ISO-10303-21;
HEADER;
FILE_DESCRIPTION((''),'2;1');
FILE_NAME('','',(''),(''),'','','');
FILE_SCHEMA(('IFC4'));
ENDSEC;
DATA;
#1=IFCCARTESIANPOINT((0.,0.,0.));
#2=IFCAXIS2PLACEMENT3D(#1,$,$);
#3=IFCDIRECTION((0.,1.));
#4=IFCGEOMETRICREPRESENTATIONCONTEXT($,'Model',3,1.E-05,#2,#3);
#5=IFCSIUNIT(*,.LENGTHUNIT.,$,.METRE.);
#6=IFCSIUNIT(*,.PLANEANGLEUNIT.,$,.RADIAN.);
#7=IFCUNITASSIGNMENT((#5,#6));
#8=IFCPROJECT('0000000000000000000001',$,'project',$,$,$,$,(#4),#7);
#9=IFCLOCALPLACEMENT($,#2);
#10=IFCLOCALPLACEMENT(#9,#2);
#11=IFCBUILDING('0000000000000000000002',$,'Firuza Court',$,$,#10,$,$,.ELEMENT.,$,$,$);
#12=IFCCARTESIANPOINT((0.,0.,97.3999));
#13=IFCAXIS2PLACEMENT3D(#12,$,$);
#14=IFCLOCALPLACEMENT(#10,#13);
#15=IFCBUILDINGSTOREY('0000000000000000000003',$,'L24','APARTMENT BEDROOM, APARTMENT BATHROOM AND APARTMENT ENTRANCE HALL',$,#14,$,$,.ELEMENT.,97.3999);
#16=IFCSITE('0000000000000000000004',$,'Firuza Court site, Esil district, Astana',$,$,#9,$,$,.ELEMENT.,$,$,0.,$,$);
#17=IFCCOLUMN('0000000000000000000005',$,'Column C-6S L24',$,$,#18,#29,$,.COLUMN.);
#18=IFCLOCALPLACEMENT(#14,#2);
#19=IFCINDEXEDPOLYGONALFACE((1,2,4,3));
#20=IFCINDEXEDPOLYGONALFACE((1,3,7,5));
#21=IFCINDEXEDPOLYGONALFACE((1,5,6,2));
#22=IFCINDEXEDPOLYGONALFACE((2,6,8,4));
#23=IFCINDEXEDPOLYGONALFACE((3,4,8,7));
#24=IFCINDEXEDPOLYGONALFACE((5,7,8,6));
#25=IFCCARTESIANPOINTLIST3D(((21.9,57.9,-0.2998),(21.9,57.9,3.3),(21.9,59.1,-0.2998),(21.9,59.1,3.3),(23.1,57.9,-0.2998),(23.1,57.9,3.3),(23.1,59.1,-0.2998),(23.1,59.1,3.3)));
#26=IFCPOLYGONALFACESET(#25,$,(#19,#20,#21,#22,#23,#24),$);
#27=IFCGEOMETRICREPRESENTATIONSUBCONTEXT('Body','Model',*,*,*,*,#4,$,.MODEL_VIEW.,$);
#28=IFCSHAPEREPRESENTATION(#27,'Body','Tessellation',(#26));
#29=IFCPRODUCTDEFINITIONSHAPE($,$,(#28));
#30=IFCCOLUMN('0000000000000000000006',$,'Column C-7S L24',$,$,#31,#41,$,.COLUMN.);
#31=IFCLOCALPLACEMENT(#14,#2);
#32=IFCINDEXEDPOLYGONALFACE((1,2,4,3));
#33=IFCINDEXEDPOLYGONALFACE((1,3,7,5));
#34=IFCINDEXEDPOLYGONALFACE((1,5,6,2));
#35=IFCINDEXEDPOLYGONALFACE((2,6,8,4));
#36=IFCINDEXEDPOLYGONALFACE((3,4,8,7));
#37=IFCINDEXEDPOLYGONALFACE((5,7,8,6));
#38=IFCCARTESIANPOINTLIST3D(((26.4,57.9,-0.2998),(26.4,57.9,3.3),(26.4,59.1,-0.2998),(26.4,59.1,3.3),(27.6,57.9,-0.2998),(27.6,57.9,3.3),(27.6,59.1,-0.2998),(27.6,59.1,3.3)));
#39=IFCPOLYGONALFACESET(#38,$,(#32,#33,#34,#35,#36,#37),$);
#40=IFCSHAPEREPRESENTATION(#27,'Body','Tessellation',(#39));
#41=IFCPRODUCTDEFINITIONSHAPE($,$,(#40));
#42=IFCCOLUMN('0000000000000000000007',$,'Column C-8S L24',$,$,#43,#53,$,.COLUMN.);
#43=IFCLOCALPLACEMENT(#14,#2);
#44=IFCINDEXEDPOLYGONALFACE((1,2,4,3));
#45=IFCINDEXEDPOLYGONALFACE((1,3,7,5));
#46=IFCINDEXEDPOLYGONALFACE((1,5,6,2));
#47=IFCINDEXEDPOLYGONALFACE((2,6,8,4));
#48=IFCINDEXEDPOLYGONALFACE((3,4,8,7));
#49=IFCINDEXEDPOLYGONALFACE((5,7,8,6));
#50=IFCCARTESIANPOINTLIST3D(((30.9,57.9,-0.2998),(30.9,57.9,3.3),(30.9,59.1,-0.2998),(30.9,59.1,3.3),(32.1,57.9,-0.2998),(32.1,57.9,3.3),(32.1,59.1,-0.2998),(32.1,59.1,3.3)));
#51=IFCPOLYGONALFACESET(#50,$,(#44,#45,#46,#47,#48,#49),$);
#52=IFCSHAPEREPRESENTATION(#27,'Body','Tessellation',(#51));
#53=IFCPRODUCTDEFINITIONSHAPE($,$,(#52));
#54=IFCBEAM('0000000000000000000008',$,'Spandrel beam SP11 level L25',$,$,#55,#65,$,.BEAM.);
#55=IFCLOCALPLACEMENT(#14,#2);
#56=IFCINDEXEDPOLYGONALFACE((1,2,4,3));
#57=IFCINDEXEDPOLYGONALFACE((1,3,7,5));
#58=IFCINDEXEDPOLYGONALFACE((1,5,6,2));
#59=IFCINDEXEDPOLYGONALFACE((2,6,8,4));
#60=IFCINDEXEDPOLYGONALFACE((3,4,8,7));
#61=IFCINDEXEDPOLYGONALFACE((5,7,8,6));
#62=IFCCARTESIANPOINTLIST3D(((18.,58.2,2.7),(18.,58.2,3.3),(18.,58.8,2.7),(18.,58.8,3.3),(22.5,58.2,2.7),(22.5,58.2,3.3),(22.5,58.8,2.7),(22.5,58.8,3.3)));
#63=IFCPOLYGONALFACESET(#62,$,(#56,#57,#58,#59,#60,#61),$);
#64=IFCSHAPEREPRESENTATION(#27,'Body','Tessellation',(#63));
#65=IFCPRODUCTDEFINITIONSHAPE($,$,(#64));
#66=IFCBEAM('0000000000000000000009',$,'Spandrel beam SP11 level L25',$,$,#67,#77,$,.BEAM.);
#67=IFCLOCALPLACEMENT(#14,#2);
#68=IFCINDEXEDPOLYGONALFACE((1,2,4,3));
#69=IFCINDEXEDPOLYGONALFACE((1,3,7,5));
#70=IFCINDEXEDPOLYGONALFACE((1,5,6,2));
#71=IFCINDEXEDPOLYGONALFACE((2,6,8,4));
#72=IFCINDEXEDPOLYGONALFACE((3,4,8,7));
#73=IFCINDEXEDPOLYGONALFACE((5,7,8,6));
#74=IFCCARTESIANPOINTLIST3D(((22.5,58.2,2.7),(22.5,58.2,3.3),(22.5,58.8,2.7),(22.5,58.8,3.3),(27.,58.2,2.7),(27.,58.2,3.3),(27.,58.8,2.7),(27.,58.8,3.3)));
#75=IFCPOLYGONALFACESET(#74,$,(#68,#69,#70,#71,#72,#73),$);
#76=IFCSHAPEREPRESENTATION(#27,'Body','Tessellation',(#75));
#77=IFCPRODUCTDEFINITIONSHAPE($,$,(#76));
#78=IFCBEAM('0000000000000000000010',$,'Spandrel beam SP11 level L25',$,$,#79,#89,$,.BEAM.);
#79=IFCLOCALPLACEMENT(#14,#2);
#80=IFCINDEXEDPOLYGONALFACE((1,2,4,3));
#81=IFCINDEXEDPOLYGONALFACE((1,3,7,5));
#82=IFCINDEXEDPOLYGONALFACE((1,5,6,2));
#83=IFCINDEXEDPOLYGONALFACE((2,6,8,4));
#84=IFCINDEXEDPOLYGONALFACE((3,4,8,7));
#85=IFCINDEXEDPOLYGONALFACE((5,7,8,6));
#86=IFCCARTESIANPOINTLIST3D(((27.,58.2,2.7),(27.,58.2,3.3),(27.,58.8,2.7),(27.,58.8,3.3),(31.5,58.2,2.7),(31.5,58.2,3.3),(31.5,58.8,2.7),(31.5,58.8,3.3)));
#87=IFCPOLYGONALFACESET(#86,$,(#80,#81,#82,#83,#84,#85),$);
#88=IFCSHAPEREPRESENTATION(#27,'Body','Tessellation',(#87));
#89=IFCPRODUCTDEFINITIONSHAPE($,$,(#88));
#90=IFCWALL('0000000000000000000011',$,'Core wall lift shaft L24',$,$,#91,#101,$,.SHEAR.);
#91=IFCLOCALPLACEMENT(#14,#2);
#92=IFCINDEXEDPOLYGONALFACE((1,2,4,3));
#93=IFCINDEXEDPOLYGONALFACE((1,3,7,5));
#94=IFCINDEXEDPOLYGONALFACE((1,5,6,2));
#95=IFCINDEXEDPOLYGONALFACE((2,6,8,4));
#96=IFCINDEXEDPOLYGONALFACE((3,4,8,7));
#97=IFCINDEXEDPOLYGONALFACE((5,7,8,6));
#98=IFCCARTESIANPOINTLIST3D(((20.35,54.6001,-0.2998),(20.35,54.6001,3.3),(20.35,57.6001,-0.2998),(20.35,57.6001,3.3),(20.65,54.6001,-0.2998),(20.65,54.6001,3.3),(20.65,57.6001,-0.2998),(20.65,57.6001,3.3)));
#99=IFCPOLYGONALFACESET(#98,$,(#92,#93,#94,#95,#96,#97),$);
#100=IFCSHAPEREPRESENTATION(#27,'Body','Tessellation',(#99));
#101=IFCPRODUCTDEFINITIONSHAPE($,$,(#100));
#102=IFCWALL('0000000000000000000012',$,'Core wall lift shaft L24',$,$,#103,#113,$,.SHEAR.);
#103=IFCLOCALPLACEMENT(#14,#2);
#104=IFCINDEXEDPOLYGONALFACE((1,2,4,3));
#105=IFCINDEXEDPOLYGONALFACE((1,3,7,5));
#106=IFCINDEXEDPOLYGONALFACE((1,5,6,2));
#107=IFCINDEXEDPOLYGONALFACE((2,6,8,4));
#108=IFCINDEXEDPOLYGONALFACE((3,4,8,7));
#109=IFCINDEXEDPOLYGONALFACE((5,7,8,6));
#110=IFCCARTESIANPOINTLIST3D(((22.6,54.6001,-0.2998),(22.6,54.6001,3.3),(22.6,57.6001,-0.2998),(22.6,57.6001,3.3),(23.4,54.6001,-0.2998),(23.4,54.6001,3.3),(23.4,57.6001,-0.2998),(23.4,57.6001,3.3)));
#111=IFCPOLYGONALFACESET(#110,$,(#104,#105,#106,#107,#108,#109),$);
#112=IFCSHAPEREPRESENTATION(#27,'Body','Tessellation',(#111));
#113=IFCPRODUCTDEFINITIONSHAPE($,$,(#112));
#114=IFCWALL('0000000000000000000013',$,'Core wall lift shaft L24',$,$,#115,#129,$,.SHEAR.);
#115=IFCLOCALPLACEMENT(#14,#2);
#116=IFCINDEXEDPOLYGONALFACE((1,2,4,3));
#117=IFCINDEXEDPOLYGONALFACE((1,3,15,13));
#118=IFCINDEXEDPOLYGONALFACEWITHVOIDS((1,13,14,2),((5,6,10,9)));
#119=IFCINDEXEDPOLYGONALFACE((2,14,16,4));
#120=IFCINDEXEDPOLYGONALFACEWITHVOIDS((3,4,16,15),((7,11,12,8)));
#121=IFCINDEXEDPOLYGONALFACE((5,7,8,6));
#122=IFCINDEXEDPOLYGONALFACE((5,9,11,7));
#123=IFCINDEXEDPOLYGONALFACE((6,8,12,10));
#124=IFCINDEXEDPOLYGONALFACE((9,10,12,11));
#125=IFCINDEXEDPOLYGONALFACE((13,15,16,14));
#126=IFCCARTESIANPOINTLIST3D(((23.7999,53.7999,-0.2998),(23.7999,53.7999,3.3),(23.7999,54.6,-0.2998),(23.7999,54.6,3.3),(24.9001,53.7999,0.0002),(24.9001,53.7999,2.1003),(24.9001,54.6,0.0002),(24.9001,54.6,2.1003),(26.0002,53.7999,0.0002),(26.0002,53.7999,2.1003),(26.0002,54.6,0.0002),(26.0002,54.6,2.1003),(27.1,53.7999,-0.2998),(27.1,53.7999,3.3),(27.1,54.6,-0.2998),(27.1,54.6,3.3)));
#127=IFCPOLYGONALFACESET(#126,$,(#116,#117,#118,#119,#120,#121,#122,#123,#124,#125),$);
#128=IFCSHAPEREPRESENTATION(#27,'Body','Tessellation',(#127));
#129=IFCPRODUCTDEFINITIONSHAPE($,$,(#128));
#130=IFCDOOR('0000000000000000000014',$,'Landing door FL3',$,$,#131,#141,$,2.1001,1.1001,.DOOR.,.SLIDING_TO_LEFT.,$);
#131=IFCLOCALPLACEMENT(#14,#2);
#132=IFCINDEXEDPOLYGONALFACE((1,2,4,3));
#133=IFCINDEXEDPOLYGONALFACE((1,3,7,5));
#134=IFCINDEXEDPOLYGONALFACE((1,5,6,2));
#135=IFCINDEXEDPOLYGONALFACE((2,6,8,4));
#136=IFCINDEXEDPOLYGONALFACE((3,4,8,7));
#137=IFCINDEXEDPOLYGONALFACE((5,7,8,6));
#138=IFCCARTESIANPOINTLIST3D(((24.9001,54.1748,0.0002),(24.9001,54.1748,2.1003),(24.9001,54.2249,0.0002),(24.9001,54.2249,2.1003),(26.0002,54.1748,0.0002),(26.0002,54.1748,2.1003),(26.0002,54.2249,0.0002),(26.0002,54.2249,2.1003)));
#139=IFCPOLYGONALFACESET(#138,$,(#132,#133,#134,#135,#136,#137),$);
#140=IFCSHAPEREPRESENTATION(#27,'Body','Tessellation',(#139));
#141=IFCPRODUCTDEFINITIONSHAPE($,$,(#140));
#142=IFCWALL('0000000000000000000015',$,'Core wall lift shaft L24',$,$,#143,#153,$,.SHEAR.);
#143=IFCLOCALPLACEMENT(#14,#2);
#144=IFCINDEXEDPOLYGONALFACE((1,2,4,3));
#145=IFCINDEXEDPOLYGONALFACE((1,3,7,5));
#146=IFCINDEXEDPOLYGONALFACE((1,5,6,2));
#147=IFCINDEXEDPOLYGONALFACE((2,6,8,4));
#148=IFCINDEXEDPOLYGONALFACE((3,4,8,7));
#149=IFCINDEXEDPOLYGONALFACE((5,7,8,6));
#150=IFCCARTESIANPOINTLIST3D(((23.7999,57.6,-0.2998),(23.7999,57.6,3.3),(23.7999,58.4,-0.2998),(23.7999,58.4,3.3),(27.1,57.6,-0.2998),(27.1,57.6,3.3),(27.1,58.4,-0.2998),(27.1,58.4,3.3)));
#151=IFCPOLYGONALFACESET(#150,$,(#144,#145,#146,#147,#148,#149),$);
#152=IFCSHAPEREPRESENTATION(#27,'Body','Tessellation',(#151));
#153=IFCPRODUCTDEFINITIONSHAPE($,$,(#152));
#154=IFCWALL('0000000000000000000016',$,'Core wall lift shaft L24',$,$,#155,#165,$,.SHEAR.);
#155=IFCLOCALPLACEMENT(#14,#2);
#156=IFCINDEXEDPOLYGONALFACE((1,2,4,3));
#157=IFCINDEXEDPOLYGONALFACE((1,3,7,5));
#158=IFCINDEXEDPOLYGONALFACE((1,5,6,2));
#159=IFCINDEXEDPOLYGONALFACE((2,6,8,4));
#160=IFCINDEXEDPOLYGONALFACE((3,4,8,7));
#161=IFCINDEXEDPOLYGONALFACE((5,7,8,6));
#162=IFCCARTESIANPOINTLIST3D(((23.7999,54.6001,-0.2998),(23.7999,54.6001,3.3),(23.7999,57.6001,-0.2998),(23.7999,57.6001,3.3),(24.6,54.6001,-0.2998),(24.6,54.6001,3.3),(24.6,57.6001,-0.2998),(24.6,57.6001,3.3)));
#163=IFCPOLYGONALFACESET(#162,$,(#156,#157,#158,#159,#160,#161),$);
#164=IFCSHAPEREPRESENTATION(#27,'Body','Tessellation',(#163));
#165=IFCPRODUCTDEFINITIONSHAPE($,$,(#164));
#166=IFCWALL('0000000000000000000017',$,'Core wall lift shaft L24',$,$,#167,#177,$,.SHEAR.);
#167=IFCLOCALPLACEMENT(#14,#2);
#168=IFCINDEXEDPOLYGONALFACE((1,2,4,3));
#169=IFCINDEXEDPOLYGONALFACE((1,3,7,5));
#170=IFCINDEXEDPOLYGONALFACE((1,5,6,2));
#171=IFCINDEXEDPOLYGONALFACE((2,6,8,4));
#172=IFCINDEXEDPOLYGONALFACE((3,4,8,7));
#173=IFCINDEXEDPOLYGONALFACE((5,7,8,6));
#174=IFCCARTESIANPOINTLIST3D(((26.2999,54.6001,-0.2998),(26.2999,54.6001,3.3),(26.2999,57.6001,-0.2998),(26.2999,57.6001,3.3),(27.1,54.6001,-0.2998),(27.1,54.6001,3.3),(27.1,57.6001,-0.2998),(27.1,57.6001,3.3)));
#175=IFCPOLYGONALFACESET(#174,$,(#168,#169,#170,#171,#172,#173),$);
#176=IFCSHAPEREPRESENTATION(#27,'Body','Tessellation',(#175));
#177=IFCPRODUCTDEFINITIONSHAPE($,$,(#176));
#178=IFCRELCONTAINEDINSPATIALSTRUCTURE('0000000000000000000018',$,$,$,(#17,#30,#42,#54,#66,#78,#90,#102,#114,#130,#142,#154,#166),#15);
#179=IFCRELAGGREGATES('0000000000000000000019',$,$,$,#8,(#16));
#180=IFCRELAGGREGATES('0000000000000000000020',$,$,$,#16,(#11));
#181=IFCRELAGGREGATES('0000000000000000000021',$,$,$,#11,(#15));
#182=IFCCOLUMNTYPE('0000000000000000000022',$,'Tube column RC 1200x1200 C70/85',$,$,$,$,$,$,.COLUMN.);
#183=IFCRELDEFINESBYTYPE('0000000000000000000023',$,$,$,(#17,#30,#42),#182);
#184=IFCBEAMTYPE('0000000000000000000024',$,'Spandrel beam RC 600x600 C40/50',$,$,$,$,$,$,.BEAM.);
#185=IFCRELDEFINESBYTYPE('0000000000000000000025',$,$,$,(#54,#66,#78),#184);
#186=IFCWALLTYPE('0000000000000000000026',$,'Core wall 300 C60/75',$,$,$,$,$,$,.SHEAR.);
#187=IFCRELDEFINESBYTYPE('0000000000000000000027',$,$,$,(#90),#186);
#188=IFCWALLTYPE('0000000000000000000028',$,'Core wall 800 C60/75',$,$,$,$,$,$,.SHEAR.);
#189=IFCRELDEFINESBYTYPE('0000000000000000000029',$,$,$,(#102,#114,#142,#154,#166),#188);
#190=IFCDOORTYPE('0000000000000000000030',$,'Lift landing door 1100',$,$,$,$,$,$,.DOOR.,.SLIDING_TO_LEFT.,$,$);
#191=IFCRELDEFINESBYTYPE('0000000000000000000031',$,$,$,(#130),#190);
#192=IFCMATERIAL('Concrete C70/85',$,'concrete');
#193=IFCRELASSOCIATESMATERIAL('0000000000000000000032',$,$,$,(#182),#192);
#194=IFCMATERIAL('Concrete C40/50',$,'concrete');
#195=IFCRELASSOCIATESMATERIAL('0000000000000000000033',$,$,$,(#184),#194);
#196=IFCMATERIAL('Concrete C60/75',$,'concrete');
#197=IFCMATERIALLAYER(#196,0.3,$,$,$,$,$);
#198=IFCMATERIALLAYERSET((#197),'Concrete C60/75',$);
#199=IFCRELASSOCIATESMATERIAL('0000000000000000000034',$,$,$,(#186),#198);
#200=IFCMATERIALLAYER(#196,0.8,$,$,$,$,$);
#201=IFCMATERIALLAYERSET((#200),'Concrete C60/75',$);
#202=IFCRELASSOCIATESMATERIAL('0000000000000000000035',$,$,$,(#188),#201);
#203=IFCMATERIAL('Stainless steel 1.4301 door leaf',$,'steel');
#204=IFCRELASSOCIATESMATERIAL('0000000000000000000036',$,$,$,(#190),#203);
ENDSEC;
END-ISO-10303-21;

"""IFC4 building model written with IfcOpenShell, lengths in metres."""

from ifc_helpers import new_model, si_unit, direction, frame, frame_2d, origin, origin_2d, place, context, subcontext, project, spatial, rectangle, extrude, material, layer, layer_set, material_profile, profile_set, type_object, element, fill, save


model = new_model("IFC4")

# Units and contexts
model_context = context("Model", 3, precision=1e-05, world=origin(), true_north=direction((0.0, 1.0)))
body_context = subcontext(model_context, "Body", "Model", "MODEL_VIEW")
ifc_project = project(units=[si_unit("LENGTHUNIT", "METRE"), si_unit("PLANEANGLEUNIT", "RADIAN")], contexts=[model_context])

# Site, building, storey
site_placement = place(None, origin())
site = spatial("IfcSite", under=ifc_project, at=site_placement, Name="Firuza Court site, Esil district, Astana", CompositionType="ELEMENT", RefElevation=0.0)
building_placement = place(site_placement, origin())
building = spatial("IfcBuilding", under=site, at=building_placement, Name="Firuza Court", CompositionType="ELEMENT")
storey_placement = place(building_placement, frame((0.0, 0.0, 97.3999)))
storey = spatial("IfcBuildingStorey", under=building, at=storey_placement, Name="L24", Description="APARTMENT BEDROOM, APARTMENT BATHROOM AND APARTMENT ENTRANCE HALL", CompositionType="ELEMENT", Elevation=97.3999)

# Columns
ifc_material_1 = material(Name="Concrete C70/85", Category="concrete")
ifc_material_profile_1 = material_profile(ifc_material_1, rectangle(XDim=1.2, YDim=1.2, at=origin_2d()), Name="RC 1200x1200")
ifc_profile_set_1 = profile_set([ifc_material_profile_1], Name="Concrete C70/85")
column_type = type_object("IfcColumnType", Name="Tube column RC 1200x1200 C70/85", PredefinedType="COLUMN", material=ifc_profile_set_1)
for number, where, z_axis, x_axis, name in (
    (1, (22.5, 58.5, -0.2998), (0.0, 0.0, 1.0), (1.0, 0.0, 0.0), "Column C-6S L24"),
    (2, (27.0, 58.5, -0.2998), (0.0, 0.0, 1.0), (1.0, 0.0, 0.0), "Column C-7S L24"),
    (3, (31.5, 58.5, -0.2998), (0.0, 0.0, 1.0), (1.0, 0.0, 0.0), "Column C-8S L24"),
):
    element("IfcColumn", number, at=place(storey_placement, frame(where, z_axis=z_axis, x_axis=x_axis)), inside=storey, type_object=column_type, Name=name, PredefinedType="COLUMN", context=body_context, shape_type="SweptSolid", body=[
        extrude(rectangle(XDim=1.2, YDim=1.2, at=origin_2d()), origin(), (0.0, 0.0, 1.0), 3.5999),
    ])

# Beams
ifc_material_2 = material(Name="Concrete C40/50", Category="concrete")
ifc_material_profile_2 = material_profile(ifc_material_2, rectangle(XDim=0.6001, YDim=0.6001, at=origin_2d()), Name="RC 600x600")
ifc_profile_set_2 = profile_set([ifc_material_profile_2], Name="Concrete C40/50")
beam_type = type_object("IfcBeamType", Name="Spandrel beam RC 600x600 C40/50", PredefinedType="BEAM", material=ifc_profile_set_2)
for number, where, z_axis, x_axis, name in (
    (4, (22.5, 58.5, 3.0), (-1.0, 0.0, 0.0), (0.0, -1.0, 0.0), "Spandrel beam SP11 level L25"),
    (5, (27.0, 58.5, 3.0), (-1.0, 0.0, 0.0), (0.0, -1.0, 0.0), "Spandrel beam SP11 level L25"),
    (6, (31.5, 58.5, 3.0), (-1.0, 0.0, 0.0), (0.0, -1.0, 0.0), "Spandrel beam SP11 level L25"),
):
    element("IfcBeam", number, at=place(storey_placement, frame(where, z_axis=z_axis, x_axis=x_axis)), inside=storey, type_object=beam_type, Name=name, PredefinedType="BEAM", context=body_context, shape_type="SweptSolid", body=[
        extrude(rectangle(XDim=0.6001, YDim=0.6001, at=origin_2d()), origin(), (0.0, 0.0, 1.0), 4.5),
    ])

# Walls
ifc_material_3 = material(Name="Concrete C60/75", Category="concrete")
ifc_layer_1 = layer(ifc_material_3, 0.3)
ifc_layer_set_1 = layer_set([ifc_layer_1], Name="Concrete C60/75")
wall_type_1 = type_object("IfcWallType", Name="Core wall 300 C60/75", PredefinedType="SHEAR", material=ifc_layer_set_1)
wall_1_placement = place(storey_placement, frame((20.5, 54.6001, -0.2998), z_axis=(0.0, 0.0, 1.0), x_axis=(0.0, 1.0, 0.0)))
element("IfcWall", 7, at=wall_1_placement, inside=storey, type_object=wall_type_1, Name="Core wall lift shaft L24", PredefinedType="SHEAR", context=body_context, shape_type="SweptSolid", body=[
    extrude(rectangle(XDim=3.0, YDim=0.3, at=frame_2d((1.5, 0.0))), origin(), (0.0, 0.0, 1.0), 3.5999),
])
ifc_layer_2 = layer(ifc_material_3, 0.8)
ifc_layer_set_2 = layer_set([ifc_layer_2], Name="Concrete C60/75")
wall_type_2 = type_object("IfcWallType", Name="Core wall 800 C60/75", PredefinedType="SHEAR", material=ifc_layer_set_2)
wall_2_placement = place(storey_placement, frame((23.0, 54.6001, -0.2998), z_axis=(0.0, 0.0, 1.0), x_axis=(0.0, 1.0, 0.0)))
element("IfcWall", 8, at=wall_2_placement, inside=storey, type_object=wall_type_2, Name="Core wall lift shaft L24", PredefinedType="SHEAR", context=body_context, shape_type="SweptSolid", body=[
    extrude(rectangle(XDim=3.0, YDim=0.8, at=frame_2d((1.5, 0.0))), origin(), (0.0, 0.0, 1.0), 3.5999),
])

# Wall, opening, door
wall_3_placement = place(storey_placement, frame((23.8, 54.2, -0.2998), z_axis=(0.0, 0.0, 1.0), x_axis=(1.0, 0.0, 0.0)))
wall_3 = element("IfcWall", 9, at=wall_3_placement, inside=storey, type_object=wall_type_2, Name="Core wall lift shaft L24", PredefinedType="SHEAR", context=body_context, shape_type="SweptSolid", body=[
    extrude(rectangle(XDim=3.3, YDim=0.8, at=frame_2d((1.6499, 0.0))), origin(), (0.0, 0.0, 1.0), 3.5999),
])
opening_1_placement = place(wall_3_placement, frame((1.1001, 0.0, 0.3)))
opening_1 = element("IfcOpeningElement", 10, at=opening_1_placement, cuts=wall_3, PredefinedType="OPENING", context=body_context, shape_type="SweptSolid", body=[
    extrude(rectangle(XDim=1.1001, YDim=2.1001, at=frame_2d((0.55, 1.05))), frame((0.0, 0.4121, 0.0), z_axis=(0.0, -1.0, 0.0), x_axis=(1.0, 0.0, 0.0)), (0.0, 0.0, 1.0), 0.824),
])
ifc_material_4 = material(Name="Stainless steel 1.4301 door leaf", Category="steel")
door_type_1 = type_object("IfcDoorType", Name="Lift landing door 1100", OperationType="SLIDING_TO_LEFT", PredefinedType="DOOR", material=ifc_material_4)
door_1_placement = place(opening_1_placement, origin())
door_1 = element("IfcDoor", 11, at=door_1_placement, inside=storey, type_object=door_type_1, Name="Landing door FL3", OperationType="SLIDING_TO_LEFT", OverallHeight=2.1001, OverallWidth=1.1001, PredefinedType="DOOR", context=body_context, shape_type="SweptSolid", body=[
    extrude(rectangle(XDim=1.1001, YDim=2.1001, at=frame_2d((0.55, 1.05))), frame((0.0, 0.0249, 0.0), z_axis=(0.0, -1.0, 0.0), x_axis=(1.0, 0.0, 0.0)), (0.0, 0.0, 1.0), 0.05),
])
fill(opening_1, door_1)

# Walls
wall_4_placement = place(storey_placement, frame((23.8, 58.0, -0.2998), z_axis=(0.0, 0.0, 1.0), x_axis=(1.0, 0.0, 0.0)))
element("IfcWall", 12, at=wall_4_placement, inside=storey, type_object=wall_type_2, Name="Core wall lift shaft L24", PredefinedType="SHEAR", context=body_context, shape_type="SweptSolid", body=[
    extrude(rectangle(XDim=3.3, YDim=0.8, at=frame_2d((1.6499, 0.0))), origin(), (0.0, 0.0, 1.0), 3.5999),
])
for number, where, z_axis, x_axis, name in (
    (13, (24.2, 54.6001, -0.2998), (0.0, 0.0, 1.0), (0.0, 1.0, 0.0), "Core wall lift shaft L24"),
    (14, (26.7, 54.6001, -0.2998), (0.0, 0.0, 1.0), (0.0, 1.0, 0.0), "Core wall lift shaft L24"),
):
    element("IfcWall", number, at=place(storey_placement, frame(where, z_axis=z_axis, x_axis=x_axis)), inside=storey, type_object=wall_type_2, Name=name, PredefinedType="SHEAR", context=body_context, shape_type="SweptSolid", body=[
        extrude(rectangle(XDim=3.0, YDim=0.8, at=frame_2d((1.5, 0.0))), origin(), (0.0, 0.0, 1.0), 3.5999),
    ])

save(model, "model.ifc")
